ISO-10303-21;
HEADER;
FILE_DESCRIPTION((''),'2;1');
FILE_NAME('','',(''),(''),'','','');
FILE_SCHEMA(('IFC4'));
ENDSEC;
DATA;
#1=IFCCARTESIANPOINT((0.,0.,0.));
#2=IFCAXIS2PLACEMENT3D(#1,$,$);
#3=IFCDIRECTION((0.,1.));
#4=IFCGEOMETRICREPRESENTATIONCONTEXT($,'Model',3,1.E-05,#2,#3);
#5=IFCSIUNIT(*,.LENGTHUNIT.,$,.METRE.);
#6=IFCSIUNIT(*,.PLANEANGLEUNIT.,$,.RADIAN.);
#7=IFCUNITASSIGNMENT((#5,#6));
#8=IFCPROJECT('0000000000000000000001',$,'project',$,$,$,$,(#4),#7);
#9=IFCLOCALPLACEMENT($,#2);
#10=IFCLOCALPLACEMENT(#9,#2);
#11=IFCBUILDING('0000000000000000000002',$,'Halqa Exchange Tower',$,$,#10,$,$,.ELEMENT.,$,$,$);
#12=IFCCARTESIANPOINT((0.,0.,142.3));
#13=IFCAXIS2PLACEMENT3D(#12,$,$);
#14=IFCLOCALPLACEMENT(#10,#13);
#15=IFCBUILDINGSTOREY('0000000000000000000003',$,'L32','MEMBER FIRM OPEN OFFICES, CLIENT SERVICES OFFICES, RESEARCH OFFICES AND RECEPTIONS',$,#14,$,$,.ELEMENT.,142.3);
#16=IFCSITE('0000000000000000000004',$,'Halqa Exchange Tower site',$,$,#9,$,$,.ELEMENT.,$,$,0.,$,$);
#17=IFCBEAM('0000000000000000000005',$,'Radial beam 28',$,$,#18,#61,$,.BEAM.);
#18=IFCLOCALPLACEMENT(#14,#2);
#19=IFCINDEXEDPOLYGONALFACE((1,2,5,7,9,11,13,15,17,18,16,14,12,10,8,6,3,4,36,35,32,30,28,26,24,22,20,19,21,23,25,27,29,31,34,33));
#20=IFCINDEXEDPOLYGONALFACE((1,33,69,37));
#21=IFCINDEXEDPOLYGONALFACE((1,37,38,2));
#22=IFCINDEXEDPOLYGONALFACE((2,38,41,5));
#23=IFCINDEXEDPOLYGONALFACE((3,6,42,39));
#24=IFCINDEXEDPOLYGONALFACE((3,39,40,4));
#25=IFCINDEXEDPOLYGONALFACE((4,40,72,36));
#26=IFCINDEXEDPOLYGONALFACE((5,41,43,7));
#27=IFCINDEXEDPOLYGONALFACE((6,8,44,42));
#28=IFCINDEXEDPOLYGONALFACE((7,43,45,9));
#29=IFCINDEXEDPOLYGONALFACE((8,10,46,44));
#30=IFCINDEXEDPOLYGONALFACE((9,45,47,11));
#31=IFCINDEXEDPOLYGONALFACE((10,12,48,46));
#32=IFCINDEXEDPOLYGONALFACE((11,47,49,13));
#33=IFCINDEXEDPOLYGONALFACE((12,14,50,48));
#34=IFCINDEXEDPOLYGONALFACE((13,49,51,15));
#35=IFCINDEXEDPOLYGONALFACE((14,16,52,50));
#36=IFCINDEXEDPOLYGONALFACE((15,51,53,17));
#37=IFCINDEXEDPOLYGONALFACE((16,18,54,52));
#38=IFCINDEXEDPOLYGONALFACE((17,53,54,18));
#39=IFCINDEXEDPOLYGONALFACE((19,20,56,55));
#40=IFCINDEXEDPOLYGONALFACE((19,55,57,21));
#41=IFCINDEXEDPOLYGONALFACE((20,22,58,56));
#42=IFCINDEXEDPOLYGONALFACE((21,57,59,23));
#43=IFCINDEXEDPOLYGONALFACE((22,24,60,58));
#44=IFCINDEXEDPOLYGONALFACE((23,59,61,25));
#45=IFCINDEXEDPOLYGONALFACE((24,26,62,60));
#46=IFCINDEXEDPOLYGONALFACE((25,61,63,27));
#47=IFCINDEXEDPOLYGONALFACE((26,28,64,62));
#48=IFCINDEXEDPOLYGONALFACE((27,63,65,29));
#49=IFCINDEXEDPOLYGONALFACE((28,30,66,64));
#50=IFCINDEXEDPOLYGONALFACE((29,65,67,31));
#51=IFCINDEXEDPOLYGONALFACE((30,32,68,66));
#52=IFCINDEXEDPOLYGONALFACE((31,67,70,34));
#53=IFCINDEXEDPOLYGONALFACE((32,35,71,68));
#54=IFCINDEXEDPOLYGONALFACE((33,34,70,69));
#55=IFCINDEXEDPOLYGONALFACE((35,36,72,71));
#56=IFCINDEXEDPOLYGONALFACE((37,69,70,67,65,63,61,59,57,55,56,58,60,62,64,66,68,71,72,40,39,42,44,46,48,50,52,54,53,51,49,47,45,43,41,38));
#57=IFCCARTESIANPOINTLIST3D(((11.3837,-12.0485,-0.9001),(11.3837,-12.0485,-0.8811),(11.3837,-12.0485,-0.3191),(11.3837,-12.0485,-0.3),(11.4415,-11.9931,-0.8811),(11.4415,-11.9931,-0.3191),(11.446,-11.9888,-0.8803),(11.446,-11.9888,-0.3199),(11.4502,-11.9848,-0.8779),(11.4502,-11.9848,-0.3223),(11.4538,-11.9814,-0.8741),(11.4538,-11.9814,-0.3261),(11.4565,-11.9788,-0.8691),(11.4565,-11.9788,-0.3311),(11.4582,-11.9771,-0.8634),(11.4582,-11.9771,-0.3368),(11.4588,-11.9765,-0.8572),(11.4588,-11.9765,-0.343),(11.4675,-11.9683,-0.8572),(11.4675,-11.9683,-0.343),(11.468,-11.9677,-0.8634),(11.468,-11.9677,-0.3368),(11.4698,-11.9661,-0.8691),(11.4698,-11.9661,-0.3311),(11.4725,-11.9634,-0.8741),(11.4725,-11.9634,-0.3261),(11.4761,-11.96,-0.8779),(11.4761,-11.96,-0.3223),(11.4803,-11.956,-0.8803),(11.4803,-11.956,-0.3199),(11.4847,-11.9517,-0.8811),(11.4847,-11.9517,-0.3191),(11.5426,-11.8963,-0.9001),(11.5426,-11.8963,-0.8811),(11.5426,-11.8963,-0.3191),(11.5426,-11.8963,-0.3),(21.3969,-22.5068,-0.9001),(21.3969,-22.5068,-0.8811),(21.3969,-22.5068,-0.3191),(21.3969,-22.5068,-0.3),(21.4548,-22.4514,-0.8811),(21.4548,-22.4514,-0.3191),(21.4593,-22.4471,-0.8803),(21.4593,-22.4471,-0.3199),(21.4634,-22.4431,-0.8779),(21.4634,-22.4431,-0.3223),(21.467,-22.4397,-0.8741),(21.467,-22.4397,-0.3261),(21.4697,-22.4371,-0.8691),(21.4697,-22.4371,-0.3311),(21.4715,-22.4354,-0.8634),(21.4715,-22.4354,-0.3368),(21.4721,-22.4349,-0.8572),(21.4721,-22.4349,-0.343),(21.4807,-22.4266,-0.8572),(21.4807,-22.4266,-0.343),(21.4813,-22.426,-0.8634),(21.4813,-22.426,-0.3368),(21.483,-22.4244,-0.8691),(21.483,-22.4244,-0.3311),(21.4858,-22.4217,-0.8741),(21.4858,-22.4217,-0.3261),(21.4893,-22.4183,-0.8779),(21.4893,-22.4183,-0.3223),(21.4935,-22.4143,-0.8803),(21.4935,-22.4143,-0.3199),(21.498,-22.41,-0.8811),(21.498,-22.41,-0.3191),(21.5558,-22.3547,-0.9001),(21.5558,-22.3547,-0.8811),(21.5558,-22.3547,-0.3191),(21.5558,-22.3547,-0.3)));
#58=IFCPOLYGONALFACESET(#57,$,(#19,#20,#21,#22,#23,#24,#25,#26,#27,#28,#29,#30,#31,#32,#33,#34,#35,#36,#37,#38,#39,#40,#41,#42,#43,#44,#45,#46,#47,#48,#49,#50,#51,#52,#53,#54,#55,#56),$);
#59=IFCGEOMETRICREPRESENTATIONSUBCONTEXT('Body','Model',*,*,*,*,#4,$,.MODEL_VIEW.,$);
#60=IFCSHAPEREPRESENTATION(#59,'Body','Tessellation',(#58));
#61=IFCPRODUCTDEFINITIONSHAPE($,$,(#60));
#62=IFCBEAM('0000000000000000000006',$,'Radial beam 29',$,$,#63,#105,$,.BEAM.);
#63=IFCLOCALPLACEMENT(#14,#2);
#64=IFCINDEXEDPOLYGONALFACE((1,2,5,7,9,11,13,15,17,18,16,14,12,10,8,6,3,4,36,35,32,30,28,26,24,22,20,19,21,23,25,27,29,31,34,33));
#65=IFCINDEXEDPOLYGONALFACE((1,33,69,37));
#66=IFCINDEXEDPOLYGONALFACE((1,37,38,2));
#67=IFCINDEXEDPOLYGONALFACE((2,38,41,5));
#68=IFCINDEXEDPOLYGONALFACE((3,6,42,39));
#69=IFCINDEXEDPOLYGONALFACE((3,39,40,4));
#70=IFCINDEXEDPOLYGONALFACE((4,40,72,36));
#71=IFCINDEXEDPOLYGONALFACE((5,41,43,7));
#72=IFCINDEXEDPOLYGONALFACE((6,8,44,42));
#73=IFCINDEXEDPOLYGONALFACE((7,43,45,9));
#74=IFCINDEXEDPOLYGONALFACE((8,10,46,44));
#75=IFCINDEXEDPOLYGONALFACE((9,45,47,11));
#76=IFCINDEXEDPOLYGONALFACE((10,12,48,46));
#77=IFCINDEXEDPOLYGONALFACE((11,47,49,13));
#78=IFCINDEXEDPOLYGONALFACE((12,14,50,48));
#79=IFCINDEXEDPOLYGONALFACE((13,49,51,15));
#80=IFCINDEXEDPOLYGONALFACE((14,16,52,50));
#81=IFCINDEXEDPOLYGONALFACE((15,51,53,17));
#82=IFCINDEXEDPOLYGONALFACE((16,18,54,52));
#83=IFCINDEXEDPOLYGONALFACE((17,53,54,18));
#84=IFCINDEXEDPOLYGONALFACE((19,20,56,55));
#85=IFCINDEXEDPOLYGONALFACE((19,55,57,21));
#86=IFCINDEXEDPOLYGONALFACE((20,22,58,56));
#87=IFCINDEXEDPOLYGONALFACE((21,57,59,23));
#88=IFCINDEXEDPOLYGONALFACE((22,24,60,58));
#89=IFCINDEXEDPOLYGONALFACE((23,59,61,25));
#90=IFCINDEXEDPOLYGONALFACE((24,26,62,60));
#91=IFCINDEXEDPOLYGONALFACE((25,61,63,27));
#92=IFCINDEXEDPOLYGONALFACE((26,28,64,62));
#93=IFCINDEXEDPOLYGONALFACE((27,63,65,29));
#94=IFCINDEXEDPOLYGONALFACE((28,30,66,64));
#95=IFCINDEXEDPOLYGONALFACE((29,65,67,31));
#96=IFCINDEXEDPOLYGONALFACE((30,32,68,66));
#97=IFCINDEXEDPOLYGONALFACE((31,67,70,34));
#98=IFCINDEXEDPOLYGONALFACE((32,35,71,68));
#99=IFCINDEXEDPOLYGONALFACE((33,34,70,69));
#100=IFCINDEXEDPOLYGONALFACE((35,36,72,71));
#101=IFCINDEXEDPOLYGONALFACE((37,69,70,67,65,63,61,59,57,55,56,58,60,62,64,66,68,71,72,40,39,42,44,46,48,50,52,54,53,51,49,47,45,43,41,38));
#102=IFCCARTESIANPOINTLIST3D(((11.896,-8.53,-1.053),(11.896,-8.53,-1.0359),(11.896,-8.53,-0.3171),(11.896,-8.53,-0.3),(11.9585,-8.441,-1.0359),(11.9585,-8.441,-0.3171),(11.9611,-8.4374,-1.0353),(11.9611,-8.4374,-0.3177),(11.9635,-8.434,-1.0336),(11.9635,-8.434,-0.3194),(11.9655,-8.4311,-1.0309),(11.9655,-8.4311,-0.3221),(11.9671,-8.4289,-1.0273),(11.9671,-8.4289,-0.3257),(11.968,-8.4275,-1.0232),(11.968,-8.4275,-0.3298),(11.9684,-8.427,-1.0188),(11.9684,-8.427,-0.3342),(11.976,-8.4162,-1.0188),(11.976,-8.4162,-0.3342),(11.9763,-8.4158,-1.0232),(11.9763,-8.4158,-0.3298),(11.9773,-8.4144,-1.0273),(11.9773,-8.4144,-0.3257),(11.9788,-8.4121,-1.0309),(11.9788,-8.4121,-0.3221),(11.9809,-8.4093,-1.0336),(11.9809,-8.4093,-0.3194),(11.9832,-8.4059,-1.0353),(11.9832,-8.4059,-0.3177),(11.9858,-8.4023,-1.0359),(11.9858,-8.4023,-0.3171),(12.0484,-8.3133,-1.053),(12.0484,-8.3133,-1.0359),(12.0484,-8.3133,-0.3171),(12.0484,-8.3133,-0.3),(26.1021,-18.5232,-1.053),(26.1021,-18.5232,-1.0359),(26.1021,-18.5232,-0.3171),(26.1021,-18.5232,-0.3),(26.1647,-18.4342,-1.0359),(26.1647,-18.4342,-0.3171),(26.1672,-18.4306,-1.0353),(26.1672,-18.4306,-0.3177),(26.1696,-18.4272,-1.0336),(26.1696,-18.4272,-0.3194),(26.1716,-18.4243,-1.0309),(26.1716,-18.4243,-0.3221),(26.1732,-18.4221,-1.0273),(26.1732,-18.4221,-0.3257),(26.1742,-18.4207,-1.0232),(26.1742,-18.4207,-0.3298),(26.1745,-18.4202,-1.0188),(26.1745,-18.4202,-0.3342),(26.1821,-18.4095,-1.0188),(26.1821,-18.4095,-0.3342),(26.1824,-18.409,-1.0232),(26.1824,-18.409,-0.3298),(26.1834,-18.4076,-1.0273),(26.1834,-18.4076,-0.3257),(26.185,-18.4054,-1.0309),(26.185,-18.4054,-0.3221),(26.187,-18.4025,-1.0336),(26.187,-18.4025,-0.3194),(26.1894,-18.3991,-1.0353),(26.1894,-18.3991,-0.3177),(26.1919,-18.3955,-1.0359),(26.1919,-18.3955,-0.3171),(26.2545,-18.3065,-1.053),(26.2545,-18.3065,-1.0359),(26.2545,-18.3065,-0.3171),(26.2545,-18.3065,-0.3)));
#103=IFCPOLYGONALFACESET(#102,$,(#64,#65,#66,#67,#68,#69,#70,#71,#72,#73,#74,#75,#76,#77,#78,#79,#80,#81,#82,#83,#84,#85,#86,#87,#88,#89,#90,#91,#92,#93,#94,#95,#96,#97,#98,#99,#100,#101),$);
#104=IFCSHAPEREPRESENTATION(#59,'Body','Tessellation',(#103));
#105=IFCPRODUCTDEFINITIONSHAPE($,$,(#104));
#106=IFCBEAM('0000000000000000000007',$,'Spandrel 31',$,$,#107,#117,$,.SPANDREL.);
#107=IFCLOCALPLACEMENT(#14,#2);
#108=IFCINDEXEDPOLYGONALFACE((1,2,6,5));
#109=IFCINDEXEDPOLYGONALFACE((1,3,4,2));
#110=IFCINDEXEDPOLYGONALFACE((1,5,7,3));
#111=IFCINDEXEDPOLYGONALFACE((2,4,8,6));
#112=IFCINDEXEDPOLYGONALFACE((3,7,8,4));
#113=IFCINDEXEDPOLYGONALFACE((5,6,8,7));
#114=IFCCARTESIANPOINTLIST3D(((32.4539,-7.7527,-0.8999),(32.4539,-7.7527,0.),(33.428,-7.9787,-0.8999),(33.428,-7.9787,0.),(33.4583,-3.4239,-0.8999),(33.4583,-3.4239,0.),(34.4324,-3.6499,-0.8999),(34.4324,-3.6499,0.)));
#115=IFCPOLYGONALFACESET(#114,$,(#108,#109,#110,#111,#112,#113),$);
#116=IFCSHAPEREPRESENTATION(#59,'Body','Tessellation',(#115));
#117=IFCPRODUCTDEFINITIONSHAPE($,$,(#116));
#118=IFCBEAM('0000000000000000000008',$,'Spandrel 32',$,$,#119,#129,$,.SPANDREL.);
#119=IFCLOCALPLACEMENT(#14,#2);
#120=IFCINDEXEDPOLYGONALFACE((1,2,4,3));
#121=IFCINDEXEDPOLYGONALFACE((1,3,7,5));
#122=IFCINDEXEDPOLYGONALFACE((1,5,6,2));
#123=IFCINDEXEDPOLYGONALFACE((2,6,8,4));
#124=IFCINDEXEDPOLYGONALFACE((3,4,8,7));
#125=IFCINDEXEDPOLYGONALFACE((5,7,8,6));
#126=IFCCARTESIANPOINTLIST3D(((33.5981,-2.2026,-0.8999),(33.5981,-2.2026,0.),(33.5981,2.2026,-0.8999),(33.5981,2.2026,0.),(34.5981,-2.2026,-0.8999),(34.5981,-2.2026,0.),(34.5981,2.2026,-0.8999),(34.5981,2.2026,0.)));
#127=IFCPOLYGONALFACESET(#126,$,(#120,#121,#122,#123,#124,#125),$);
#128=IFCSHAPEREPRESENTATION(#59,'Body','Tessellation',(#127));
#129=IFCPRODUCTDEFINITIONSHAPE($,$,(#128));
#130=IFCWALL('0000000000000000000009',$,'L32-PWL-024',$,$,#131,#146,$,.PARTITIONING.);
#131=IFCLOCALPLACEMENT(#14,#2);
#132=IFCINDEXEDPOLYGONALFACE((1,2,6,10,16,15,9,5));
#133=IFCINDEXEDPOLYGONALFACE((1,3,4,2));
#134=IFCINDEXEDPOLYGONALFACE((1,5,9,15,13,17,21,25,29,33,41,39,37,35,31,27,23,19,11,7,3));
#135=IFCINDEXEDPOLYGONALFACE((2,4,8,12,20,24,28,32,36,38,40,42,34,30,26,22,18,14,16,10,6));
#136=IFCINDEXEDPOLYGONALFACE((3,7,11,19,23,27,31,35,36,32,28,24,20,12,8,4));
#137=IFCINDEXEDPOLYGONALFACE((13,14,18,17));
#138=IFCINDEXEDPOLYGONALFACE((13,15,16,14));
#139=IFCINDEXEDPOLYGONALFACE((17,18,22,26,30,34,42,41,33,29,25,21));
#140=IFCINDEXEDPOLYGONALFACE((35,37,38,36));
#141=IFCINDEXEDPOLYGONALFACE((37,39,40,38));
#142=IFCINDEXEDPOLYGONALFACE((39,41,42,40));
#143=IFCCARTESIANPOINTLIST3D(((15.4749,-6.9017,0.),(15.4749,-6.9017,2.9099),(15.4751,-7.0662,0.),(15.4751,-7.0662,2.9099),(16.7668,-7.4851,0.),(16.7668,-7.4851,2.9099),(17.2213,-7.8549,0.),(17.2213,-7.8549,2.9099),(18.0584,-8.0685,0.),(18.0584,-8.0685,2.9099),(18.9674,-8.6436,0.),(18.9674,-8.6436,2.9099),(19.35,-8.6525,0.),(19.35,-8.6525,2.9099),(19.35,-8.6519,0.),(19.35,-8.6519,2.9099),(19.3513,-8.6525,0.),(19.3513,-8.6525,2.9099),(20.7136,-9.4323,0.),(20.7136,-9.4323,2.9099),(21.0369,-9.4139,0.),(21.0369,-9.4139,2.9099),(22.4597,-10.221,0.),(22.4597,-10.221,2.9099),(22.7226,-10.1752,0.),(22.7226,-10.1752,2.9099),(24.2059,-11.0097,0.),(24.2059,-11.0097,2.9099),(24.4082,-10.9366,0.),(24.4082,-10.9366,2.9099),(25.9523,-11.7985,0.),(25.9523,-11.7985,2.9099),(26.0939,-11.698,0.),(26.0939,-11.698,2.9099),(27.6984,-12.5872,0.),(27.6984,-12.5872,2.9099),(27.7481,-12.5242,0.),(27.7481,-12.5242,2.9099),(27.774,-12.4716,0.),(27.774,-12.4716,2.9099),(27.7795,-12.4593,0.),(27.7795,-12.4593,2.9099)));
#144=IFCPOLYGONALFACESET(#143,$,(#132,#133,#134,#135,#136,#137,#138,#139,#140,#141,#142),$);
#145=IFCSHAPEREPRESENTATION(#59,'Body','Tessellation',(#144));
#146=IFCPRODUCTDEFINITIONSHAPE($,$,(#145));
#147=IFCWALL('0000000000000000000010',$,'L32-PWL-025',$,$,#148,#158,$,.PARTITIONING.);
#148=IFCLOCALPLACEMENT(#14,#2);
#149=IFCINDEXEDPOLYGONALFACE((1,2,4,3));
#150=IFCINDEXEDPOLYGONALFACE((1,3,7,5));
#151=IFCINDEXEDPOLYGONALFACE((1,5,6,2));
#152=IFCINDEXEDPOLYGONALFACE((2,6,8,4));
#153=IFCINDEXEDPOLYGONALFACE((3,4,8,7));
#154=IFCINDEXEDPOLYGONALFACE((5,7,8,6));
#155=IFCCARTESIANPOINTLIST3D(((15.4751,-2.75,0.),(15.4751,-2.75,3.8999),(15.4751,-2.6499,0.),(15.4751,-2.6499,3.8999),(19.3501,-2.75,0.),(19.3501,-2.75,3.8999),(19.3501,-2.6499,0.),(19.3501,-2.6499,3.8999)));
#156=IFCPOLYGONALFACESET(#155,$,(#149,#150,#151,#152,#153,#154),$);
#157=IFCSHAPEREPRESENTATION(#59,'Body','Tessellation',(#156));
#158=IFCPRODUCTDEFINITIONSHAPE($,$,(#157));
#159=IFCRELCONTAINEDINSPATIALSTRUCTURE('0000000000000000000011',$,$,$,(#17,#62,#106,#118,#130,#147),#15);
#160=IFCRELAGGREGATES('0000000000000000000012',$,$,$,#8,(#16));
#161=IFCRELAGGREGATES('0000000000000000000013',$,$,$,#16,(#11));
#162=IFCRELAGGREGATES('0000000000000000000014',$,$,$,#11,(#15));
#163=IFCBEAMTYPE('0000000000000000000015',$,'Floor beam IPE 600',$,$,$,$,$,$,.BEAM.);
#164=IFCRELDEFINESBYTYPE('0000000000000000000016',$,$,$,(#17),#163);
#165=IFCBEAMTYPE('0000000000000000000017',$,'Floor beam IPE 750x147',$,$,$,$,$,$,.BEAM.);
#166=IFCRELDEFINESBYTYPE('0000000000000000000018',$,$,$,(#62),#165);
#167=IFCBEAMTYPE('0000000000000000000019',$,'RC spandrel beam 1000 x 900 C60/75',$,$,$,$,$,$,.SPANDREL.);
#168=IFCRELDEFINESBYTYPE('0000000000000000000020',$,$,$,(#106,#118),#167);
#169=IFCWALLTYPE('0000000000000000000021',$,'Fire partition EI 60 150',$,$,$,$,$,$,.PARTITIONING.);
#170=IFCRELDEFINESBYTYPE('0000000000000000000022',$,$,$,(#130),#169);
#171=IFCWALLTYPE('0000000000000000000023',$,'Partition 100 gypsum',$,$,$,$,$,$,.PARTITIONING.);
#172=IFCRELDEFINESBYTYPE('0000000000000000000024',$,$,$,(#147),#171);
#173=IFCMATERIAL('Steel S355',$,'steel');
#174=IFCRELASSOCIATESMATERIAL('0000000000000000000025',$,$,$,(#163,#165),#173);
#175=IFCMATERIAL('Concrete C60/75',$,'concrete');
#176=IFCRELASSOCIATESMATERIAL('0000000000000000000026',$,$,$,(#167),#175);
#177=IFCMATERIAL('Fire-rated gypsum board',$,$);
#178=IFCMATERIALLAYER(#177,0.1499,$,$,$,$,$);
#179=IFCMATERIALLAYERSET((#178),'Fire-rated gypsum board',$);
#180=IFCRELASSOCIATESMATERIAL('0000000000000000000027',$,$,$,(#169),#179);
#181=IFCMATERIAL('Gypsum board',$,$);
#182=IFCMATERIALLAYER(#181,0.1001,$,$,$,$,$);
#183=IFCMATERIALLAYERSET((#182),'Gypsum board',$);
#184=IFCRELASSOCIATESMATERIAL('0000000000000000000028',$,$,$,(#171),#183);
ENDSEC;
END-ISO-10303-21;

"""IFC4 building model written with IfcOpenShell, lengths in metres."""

from ifc_helpers import new_model, si_unit, direction, frame, frame_2d, origin, origin_2d, place, context, subcontext, project, spatial, polyline, rectangle, i_section, outline, extrude, material, layer, layer_set, material_profile, profile_set, type_object, element, save


model = new_model("IFC4")

# Units and contexts
model_context = context("Model", 3, precision=1e-05, world=origin(), true_north=direction((0.0, 1.0)))
body_context = subcontext(model_context, "Body", "Model", "MODEL_VIEW")
ifc_project = project(units=[si_unit("LENGTHUNIT", "METRE"), si_unit("PLANEANGLEUNIT", "RADIAN")], contexts=[model_context])

# Site, building, storey
site_placement = place(None, origin())
site = spatial("IfcSite", under=ifc_project, at=site_placement, Name="Halqa Exchange Tower site", CompositionType="ELEMENT", RefElevation=0.0)
building_placement = place(site_placement, origin())
building = spatial("IfcBuilding", under=site, at=building_placement, Name="Halqa Exchange Tower", CompositionType="ELEMENT")
storey_placement = place(building_placement, frame((0.0, 0.0, 142.3)))
storey = spatial("IfcBuildingStorey", under=building, at=storey_placement, Name="L32", Description="MEMBER FIRM OPEN OFFICES, CLIENT SERVICES OFFICES, RESEARCH OFFICES AND RECEPTIONS", CompositionType="ELEMENT", Elevation=142.3)

# Beams
ifc_material_1 = material(Name="Steel S355", Category="steel")
ifc_material_profile_1 = material_profile(ifc_material_1, i_section(OverallWidth=0.22, OverallDepth=0.6001, WebThickness=0.012, FlangeThickness=0.019, FilletRadius=0.0239, at=origin_2d()), Name="IPE 600")
ifc_profile_set_1 = profile_set([ifc_material_profile_1], Name="Steel S355")
beam_type_1 = type_object("IfcBeamType", Name="Floor beam IPE 600", PredefinedType="BEAM", material=ifc_profile_set_1)
beam_1_placement = place(storey_placement, frame((11.4631, -11.9724, -0.6001), z_axis=(0.69157, -0.722309, 0.0), x_axis=(0.722309, 0.69157, 0.0)))
element("IfcBeam", 1, at=beam_1_placement, inside=storey, type_object=beam_type_1, Name="Radial beam 28", PredefinedType="BEAM", context=body_context, shape_type="SweptSolid", body=[
    extrude(i_section(OverallWidth=0.22, OverallDepth=0.6001, WebThickness=0.012, FlangeThickness=0.019, FilletRadius=0.0239, at=origin_2d()), origin(), (0.0, 0.0, 1.0), 14.479),
])
ifc_material_profile_2 = material_profile(ifc_material_1, i_section(OverallWidth=0.2649, OverallDepth=0.7529, WebThickness=0.0132, FlangeThickness=0.0171, FilletRadius=0.0171, at=origin_2d()), Name="IPE 750x147")
ifc_profile_set_2 = profile_set([ifc_material_profile_2], Name="Steel S355")
beam_type_2 = type_object("IfcBeamType", Name="Floor beam IPE 750x147", PredefinedType="BEAM", material=ifc_profile_set_2)
beam_2_placement = place(storey_placement, frame((11.9722, -8.4216, -0.6765), z_axis=(0.817906, -0.575351, 0.0), x_axis=(0.575351, 0.817906, 0.0)))
element("IfcBeam", 2, at=beam_2_placement, inside=storey, type_object=beam_type_2, Name="Radial beam 29", PredefinedType="BEAM", context=body_context, shape_type="SweptSolid", body=[
    extrude(i_section(OverallWidth=0.2649, OverallDepth=0.7529, WebThickness=0.0132, FlangeThickness=0.0171, FilletRadius=0.0171, at=origin_2d()), origin(), (0.0, 0.0, 1.0), 17.3689),
])
ifc_material_2 = material(Name="Concrete C60/75", Category="concrete")
ifc_material_profile_3 = material_profile(ifc_material_2, rectangle(XDim=1.0, YDim=0.8999, at=origin_2d()), Name="1000 x 900")
ifc_profile_set_3 = profile_set([ifc_material_profile_3], Name="Concrete C60/75")
beam_type_3 = type_object("IfcBeamType", Name="RC spandrel beam 1000 x 900 C60/75", PredefinedType="SPANDREL", material=ifc_profile_set_3)
beam_3_placement = place(storey_placement, frame((32.9409, -7.8657, -0.45), z_axis=(0.226019, 0.974123, 0.0), x_axis=(-0.974123, 0.226019, 0.0)))
element("IfcBeam", 3, at=beam_3_placement, inside=storey, type_object=beam_type_3, Name="Spandrel 31", PredefinedType="SPANDREL", context=body_context, shape_type="SweptSolid", body=[
    extrude(rectangle(XDim=1.0, YDim=0.8999, at=origin_2d()), origin(), (0.0, 0.0, 1.0), 4.4438),
])
beam_4_placement = place(storey_placement, frame((34.0981, -2.2026, -0.45), z_axis=(0.0, 1.0, 0.0), x_axis=(-1.0, 0.0, 0.0)))
element("IfcBeam", 4, at=beam_4_placement, inside=storey, type_object=beam_type_3, Name="Spandrel 32", PredefinedType="SPANDREL", context=body_context, shape_type="SweptSolid", body=[
    extrude(rectangle(XDim=1.0, YDim=0.8999, at=origin_2d()), origin(), (0.0, 0.0, 1.0), 4.4053),
])

# Walls
ifc_material_3 = material(Name="Fire-rated gypsum board")
ifc_layer_1 = layer(ifc_material_3, 0.1499)
ifc_layer_set_1 = layer_set([ifc_layer_1], Name="Fire-rated gypsum board")
wall_type_1 = type_object("IfcWallType", Name="Fire partition EI 60 150", PredefinedType="PARTITIONING", material=ifc_layer_set_1)
wall_1_placement = place(storey_placement, frame((15.4441, -6.97, 0.0), z_axis=(0.0, 0.0, 1.0), x_axis=(0.911349, -0.411634, 0.0)))
element("IfcWall", 5, at=wall_1_placement, inside=storey, type_object=wall_type_1, Name="L32-PWL-024", PredefinedType="PARTITIONING", context=body_context, shape_type="SweptSolid", body=[
    extrude(outline(polyline([(0.0679, -0.075), (1.9839, -0.075), (3.8999, -0.075), (5.8159, -0.075), (7.7319, -0.075), (9.6479, -0.075), (11.5642, -0.075), (13.4802, -0.075), (13.4995, 0.0029), (13.5015, 0.0615), (13.5015, 0.075), (11.6519, 0.075), (9.8022, 0.075), (7.9526, 0.075), (6.103, 0.075), (4.2534, 0.075), (4.2522, 0.0745), (4.252, 0.075), (2.8347, 0.075), (1.4175, 0.075), (0.0, 0.075), (0.0679, -0.075)])), origin(), (0.0, 0.0, 1.0), 2.9099),
])
ifc_material_4 = material(Name="Gypsum board")
ifc_layer_2 = layer(ifc_material_4, 0.1001)
ifc_layer_set_2 = layer_set([ifc_layer_2], Name="Gypsum board")
wall_type_2 = type_object("IfcWallType", Name="Partition 100 gypsum", PredefinedType="PARTITIONING", material=ifc_layer_set_2)
wall_2_placement = place(storey_placement, frame((15.4751, -2.7, 0.0), z_axis=(0.0, 0.0, 1.0), x_axis=(1.0, 0.0, 0.0)))
element("IfcWall", 6, at=wall_2_placement, inside=storey, type_object=wall_type_2, Name="L32-PWL-025", PredefinedType="PARTITIONING", context=body_context, shape_type="SweptSolid", body=[
    extrude(rectangle(XDim=3.875, YDim=0.1001, at=frame_2d((1.9375, 0.0))), origin(), (0.0, 0.0, 1.0), 3.8999),
])

save(model, "model.ifc")
